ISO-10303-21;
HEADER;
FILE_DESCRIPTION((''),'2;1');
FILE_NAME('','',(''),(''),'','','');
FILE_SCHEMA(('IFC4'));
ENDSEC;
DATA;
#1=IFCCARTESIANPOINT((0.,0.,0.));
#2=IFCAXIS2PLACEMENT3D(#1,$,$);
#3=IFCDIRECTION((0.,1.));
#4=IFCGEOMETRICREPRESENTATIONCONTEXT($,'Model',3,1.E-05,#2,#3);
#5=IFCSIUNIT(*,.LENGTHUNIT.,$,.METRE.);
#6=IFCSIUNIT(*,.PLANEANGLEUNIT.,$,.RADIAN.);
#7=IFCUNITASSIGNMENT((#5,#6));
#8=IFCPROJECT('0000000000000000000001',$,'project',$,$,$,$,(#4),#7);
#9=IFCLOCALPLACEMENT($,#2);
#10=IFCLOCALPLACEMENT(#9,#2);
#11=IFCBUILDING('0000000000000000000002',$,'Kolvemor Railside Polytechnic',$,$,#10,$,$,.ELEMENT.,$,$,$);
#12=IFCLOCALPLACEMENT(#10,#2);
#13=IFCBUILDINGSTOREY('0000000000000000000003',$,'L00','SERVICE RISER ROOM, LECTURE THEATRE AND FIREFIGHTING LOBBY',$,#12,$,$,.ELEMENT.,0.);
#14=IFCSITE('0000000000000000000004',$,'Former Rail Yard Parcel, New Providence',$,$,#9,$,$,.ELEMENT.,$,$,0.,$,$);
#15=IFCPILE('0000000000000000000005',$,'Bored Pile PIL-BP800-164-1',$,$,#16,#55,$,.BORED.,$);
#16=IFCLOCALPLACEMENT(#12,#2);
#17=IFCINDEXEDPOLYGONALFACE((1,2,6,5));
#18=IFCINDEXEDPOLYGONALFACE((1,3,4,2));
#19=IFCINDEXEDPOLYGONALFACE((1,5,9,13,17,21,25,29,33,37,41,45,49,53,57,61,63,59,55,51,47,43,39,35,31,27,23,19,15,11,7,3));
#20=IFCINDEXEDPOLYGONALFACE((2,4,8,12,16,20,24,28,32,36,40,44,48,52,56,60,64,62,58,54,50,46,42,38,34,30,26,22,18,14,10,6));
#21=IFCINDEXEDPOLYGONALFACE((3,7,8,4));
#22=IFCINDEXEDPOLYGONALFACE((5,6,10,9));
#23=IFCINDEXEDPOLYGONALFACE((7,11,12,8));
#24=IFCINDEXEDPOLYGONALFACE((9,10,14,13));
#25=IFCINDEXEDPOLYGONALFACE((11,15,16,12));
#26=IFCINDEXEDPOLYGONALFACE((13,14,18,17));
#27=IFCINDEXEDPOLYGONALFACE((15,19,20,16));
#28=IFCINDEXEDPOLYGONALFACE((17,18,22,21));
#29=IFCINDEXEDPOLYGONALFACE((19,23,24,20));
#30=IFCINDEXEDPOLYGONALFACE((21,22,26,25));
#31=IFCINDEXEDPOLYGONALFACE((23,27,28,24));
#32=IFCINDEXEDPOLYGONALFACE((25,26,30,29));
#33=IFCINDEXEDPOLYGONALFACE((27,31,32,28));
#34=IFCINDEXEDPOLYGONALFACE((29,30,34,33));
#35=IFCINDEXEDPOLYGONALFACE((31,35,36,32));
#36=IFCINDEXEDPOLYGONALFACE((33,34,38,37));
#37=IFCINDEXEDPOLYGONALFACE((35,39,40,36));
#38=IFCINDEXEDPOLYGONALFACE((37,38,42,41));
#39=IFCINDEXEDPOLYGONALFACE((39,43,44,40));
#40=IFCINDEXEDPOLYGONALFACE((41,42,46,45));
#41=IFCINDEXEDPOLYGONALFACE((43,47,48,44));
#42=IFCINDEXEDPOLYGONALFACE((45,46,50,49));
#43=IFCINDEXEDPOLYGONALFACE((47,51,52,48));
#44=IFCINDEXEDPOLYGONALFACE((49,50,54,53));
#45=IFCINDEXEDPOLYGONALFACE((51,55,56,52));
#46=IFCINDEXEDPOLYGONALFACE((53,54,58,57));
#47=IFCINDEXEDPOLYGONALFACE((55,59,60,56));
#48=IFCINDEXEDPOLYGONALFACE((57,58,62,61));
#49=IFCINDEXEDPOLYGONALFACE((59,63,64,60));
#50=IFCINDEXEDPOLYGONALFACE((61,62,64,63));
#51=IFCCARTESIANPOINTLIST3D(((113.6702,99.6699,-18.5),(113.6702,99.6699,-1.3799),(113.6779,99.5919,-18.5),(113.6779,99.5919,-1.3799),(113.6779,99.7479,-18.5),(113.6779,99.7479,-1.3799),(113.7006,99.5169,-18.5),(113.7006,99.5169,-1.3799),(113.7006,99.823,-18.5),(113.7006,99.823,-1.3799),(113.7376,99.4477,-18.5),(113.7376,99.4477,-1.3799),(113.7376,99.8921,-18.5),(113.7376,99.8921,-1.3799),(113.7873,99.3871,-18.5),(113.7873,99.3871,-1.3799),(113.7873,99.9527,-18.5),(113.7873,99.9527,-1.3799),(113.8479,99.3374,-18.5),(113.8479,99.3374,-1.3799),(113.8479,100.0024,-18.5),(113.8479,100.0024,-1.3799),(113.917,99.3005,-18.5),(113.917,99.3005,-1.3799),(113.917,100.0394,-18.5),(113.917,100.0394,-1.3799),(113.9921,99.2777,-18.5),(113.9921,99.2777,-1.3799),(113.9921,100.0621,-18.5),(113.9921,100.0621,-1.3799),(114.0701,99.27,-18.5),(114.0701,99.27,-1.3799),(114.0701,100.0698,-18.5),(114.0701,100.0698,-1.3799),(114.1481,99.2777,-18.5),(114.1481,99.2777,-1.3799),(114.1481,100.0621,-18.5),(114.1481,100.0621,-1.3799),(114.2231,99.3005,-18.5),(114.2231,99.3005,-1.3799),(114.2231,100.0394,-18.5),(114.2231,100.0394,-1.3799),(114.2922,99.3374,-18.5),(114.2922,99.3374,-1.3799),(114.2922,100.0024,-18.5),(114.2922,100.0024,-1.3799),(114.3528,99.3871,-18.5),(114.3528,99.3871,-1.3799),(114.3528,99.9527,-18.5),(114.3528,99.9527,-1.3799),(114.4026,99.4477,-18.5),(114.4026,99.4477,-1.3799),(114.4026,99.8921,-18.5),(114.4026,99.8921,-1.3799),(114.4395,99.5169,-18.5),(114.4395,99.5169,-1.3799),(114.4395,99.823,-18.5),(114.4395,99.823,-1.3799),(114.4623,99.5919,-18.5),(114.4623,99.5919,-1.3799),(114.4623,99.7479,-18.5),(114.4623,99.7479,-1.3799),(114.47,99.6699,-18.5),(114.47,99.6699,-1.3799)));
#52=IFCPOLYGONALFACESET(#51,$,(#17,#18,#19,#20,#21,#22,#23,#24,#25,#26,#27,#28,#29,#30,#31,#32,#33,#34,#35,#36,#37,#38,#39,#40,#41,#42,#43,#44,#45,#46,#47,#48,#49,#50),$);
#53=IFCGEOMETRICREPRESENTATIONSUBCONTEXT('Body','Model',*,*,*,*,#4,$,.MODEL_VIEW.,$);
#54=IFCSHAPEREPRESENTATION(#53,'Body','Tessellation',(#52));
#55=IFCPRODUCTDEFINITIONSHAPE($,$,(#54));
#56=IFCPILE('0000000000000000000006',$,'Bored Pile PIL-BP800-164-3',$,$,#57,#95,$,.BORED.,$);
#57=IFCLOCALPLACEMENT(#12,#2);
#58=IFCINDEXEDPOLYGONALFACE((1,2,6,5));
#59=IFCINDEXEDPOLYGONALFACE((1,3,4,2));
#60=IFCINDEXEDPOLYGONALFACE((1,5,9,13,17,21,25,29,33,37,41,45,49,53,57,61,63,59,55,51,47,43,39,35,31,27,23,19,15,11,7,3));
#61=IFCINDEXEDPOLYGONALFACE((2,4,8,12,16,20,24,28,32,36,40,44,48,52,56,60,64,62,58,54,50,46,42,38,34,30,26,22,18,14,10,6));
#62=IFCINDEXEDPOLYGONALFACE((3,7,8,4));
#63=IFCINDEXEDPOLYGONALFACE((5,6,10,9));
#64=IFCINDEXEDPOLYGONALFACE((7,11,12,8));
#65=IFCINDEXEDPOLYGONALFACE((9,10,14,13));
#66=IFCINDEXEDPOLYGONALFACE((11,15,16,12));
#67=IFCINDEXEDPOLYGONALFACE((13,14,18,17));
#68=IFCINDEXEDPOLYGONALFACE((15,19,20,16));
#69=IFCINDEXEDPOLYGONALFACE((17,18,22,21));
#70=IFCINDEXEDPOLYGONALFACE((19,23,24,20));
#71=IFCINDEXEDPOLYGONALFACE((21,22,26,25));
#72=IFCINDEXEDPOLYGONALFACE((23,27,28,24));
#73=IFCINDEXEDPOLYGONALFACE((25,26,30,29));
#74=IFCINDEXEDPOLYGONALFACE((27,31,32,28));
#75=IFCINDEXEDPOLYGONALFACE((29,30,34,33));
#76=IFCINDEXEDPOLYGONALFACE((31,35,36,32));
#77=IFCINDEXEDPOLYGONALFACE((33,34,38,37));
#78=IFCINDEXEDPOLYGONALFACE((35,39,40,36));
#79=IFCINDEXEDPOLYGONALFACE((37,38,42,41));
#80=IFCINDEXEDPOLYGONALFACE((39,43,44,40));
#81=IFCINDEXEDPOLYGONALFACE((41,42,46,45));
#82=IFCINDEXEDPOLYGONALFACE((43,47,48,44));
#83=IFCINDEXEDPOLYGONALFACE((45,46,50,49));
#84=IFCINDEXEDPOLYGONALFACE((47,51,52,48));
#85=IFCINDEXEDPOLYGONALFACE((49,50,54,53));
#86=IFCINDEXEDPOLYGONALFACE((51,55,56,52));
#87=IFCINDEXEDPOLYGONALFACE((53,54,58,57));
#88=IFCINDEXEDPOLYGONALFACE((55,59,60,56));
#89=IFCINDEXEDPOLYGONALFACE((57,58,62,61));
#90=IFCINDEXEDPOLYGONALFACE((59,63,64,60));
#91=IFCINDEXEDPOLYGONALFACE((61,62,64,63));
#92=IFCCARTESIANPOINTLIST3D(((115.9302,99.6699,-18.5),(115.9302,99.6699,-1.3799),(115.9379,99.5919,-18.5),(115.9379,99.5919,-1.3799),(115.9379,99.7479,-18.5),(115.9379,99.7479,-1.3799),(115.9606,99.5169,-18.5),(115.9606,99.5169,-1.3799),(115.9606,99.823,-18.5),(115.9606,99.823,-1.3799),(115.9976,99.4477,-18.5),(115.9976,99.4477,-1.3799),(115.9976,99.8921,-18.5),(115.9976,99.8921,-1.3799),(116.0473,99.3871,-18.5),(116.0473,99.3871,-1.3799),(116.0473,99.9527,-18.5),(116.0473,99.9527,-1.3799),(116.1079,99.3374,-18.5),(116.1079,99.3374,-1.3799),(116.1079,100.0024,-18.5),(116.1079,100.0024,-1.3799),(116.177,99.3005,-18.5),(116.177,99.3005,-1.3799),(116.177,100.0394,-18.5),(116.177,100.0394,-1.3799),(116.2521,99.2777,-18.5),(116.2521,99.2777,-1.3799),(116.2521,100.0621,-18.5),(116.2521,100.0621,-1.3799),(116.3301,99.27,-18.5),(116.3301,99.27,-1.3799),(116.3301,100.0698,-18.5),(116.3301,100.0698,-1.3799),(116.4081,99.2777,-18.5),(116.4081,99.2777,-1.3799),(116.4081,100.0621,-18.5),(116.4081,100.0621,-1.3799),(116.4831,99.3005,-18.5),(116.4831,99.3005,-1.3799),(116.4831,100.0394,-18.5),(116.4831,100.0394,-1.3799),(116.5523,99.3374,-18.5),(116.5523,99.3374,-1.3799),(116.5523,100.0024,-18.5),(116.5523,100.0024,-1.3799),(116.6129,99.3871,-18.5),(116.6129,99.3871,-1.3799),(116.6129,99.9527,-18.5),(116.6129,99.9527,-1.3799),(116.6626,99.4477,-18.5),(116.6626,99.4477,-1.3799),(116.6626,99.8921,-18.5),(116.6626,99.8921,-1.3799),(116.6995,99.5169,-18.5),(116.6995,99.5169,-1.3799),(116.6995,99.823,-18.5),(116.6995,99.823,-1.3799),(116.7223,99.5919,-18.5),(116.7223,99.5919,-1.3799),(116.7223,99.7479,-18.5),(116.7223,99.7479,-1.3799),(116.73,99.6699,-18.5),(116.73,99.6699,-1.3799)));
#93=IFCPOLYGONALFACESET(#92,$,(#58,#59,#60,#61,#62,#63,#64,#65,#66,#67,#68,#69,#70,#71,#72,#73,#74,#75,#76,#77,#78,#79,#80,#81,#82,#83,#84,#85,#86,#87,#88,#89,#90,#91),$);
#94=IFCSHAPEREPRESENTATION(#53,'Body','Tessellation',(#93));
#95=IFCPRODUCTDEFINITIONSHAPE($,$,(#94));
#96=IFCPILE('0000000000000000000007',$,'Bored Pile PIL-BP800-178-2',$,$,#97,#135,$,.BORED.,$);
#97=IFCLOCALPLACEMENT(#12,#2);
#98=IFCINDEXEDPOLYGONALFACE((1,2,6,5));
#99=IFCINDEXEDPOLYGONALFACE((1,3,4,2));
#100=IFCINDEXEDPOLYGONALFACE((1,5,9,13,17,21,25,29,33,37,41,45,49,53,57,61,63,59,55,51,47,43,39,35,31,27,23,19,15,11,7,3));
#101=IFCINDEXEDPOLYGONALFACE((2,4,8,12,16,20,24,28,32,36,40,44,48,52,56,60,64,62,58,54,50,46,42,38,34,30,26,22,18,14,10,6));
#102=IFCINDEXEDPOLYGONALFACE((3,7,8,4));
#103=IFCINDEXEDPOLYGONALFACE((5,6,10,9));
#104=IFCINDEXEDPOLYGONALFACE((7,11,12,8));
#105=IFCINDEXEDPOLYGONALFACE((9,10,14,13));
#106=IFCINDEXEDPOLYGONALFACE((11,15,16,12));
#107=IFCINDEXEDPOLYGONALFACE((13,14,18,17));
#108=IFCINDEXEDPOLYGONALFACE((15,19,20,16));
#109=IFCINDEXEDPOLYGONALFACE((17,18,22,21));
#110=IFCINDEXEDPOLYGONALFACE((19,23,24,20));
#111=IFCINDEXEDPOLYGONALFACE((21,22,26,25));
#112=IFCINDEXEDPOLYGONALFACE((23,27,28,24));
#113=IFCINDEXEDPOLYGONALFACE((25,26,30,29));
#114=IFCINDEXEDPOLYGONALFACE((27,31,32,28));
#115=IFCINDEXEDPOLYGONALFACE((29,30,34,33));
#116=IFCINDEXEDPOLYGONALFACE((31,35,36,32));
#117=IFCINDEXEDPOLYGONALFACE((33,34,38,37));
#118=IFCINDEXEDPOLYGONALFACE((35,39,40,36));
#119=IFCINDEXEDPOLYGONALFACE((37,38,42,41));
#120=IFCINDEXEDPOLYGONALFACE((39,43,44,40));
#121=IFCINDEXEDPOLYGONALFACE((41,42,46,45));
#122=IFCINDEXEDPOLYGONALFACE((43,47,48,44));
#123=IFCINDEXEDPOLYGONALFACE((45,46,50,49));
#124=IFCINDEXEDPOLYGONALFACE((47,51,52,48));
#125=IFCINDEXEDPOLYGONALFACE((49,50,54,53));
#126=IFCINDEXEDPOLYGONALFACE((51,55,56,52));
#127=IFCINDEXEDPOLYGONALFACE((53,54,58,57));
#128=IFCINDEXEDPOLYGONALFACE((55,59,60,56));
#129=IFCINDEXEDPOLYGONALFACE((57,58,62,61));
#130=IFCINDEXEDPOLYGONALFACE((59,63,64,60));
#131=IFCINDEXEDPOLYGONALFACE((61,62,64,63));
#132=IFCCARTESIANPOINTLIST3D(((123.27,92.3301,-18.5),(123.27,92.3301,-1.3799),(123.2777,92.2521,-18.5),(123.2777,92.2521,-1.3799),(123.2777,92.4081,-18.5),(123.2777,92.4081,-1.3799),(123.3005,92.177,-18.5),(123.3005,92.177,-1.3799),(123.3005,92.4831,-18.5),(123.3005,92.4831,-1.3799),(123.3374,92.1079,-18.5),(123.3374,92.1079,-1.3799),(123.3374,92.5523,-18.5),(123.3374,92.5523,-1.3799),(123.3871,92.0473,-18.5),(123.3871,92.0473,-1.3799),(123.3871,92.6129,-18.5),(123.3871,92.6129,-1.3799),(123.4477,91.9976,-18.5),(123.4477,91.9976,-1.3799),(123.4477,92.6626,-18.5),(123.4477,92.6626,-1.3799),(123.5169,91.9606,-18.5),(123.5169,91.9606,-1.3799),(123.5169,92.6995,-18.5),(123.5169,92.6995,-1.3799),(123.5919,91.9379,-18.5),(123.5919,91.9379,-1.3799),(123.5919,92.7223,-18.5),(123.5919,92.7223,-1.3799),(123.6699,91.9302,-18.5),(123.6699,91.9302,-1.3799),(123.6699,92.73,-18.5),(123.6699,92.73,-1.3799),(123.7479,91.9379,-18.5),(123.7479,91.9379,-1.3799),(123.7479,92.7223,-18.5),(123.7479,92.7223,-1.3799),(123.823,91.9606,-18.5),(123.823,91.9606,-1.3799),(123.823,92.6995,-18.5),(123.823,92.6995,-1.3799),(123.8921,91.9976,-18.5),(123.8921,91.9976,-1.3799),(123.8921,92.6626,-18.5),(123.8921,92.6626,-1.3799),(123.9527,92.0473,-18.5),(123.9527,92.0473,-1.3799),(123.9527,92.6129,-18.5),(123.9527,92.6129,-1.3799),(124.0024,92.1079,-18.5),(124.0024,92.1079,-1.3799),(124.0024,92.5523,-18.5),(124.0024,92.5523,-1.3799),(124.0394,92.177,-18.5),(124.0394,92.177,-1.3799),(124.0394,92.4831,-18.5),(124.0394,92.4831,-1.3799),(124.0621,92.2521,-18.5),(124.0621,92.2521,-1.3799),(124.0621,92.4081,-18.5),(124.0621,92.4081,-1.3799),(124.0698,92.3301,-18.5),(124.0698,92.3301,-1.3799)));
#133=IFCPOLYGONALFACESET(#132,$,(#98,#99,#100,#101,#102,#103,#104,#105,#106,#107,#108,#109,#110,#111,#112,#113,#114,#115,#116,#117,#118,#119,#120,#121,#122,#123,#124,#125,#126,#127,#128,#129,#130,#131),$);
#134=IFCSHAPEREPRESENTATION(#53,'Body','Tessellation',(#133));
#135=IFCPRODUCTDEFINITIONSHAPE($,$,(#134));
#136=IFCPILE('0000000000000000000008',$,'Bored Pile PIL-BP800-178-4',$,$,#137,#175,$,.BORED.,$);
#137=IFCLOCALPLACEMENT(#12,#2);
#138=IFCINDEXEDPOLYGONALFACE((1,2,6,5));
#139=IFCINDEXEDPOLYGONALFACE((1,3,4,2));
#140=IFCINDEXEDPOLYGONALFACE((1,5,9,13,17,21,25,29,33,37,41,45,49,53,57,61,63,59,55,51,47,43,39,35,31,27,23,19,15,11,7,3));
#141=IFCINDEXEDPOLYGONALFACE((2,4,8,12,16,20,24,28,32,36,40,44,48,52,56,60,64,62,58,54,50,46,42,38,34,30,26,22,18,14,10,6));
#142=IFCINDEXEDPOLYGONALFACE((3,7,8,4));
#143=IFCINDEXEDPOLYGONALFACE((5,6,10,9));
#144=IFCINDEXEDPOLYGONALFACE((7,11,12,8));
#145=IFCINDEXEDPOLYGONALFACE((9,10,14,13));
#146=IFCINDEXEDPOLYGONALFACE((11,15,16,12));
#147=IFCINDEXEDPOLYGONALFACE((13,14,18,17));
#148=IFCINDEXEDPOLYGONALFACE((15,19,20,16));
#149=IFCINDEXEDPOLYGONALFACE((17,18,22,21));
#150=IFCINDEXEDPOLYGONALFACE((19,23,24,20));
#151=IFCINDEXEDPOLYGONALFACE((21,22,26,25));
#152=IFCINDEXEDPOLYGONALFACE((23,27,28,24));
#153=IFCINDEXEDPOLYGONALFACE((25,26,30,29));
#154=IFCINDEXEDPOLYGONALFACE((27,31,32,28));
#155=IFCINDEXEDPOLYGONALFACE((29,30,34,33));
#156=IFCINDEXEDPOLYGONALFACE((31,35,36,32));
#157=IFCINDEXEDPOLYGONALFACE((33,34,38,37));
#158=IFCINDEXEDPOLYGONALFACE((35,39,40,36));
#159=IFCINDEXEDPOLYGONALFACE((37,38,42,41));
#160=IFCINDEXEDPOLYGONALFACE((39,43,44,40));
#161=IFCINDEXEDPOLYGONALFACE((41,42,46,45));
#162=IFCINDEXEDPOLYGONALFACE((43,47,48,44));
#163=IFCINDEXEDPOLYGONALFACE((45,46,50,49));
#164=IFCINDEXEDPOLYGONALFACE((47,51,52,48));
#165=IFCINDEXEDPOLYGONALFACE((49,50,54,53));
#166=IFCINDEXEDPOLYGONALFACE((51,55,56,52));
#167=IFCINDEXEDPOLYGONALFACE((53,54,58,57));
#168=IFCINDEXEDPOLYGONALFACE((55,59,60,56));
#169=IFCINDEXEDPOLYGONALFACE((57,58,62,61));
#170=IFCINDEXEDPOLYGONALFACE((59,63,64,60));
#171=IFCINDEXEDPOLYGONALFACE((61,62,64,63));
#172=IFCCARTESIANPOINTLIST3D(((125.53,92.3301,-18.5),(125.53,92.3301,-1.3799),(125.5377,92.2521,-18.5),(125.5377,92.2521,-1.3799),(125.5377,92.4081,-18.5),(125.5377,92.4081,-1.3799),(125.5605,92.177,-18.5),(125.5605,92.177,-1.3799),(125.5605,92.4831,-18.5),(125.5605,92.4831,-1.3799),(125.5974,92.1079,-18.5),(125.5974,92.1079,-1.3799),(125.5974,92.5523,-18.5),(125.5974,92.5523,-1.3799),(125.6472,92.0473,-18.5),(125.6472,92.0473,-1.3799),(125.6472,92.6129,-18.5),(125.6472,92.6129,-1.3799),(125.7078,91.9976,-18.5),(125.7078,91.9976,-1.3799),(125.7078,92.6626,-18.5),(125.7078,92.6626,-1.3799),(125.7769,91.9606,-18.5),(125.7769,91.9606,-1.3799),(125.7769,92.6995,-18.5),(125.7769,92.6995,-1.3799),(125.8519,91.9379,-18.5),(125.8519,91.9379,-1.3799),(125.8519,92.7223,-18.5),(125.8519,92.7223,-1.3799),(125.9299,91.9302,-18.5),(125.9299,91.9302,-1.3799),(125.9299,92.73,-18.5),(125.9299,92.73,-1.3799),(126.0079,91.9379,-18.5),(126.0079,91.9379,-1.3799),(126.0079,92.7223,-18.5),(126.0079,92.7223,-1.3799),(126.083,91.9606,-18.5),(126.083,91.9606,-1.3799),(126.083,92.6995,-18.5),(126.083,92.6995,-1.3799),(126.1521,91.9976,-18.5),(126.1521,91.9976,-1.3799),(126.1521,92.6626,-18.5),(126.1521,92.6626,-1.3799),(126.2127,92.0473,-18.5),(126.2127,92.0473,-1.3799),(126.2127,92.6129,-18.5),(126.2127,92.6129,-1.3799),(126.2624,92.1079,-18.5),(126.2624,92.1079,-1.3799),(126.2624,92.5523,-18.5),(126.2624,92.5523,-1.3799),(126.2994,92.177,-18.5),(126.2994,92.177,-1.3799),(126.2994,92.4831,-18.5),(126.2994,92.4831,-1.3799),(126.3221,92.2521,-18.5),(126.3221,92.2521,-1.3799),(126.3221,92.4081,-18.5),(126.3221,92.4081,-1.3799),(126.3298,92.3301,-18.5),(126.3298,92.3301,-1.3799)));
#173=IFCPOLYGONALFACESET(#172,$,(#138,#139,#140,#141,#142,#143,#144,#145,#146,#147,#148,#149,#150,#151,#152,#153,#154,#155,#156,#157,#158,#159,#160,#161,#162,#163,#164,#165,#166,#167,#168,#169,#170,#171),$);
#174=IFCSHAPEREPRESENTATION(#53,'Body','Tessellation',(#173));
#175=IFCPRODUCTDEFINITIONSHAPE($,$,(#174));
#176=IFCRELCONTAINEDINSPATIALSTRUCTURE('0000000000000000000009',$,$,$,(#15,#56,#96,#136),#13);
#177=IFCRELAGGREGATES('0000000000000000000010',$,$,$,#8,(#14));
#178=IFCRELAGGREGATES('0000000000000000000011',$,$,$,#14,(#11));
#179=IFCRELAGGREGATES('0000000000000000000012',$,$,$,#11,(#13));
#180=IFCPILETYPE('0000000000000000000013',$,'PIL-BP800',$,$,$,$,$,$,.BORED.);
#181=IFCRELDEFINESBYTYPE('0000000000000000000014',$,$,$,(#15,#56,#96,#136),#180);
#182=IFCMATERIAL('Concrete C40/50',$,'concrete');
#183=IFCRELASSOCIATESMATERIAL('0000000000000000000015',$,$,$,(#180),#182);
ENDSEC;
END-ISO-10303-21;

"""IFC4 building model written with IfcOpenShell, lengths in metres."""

from ifc_helpers import new_model, si_unit, direction, frame, origin, origin_2d, place, context, subcontext, project, spatial, circle, extrude, material, material_profile, profile_set, type_object, element, save


model = new_model("IFC4")

# Units and contexts
model_context = context("Model", 3, precision=1e-05, world=origin(), true_north=direction((0.0, 1.0)))
body_context = subcontext(model_context, "Body", "Model", "MODEL_VIEW")
ifc_project = project(units=[si_unit("LENGTHUNIT", "METRE"), si_unit("PLANEANGLEUNIT", "RADIAN")], contexts=[model_context])

# Site, building, storey
site_placement = place(None, origin())
site = spatial("IfcSite", under=ifc_project, at=site_placement, Name="Former Rail Yard Parcel, New Providence", CompositionType="ELEMENT", RefElevation=0.0)
building_placement = place(site_placement, origin())
building = spatial("IfcBuilding", under=site, at=building_placement, Name="Kolvemor Railside Polytechnic", CompositionType="ELEMENT")
storey_placement = place(building_placement, origin())
storey = spatial("IfcBuildingStorey", under=building, at=storey_placement, Name="L00", Description="SERVICE RISER ROOM, LECTURE THEATRE AND FIREFIGHTING LOBBY", CompositionType="ELEMENT", Elevation=0.0)

# Piles
ifc_material_1 = material(Name="Concrete C40/50", Category="concrete")
ifc_material_profile_1 = material_profile(ifc_material_1, circle(Radius=0.3999, at=origin_2d()), Name="BP800")
ifc_profile_set_1 = profile_set([ifc_material_profile_1], Name="Concrete C40/50")
pile_type_1 = type_object("IfcPileType", Name="PIL-BP800", PredefinedType="BORED", material=ifc_profile_set_1)
for number, where, z_axis, x_axis, name in (
    (1, (114.0701, 99.6699, -1.3799), (0.0, 0.0, -1.0), (1.0, 0.0, 0.0), "Bored Pile PIL-BP800-164-1"),
    (2, (116.3301, 99.6699, -1.3799), (0.0, 0.0, -1.0), (1.0, 0.0, 0.0), "Bored Pile PIL-BP800-164-3"),
    (3, (123.6699, 92.3301, -1.3799), (0.0, 0.0, -1.0), (1.0, 0.0, 0.0), "Bored Pile PIL-BP800-178-2"),
    (4, (125.9299, 92.3301, -1.3799), (0.0, 0.0, -1.0), (1.0, 0.0, 0.0), "Bored Pile PIL-BP800-178-4"),
):
    element("IfcPile", number, at=place(storey_placement, frame(where, z_axis=z_axis, x_axis=x_axis)), inside=storey, type_object=pile_type_1, Name=name, PredefinedType="BORED", context=body_context, shape_type="SweptSolid", body=[
        extrude(circle(Radius=0.3999, at=origin_2d()), origin(), (0.0, 0.0, 1.0), 17.1201),
    ])

save(model, "model.ifc")
